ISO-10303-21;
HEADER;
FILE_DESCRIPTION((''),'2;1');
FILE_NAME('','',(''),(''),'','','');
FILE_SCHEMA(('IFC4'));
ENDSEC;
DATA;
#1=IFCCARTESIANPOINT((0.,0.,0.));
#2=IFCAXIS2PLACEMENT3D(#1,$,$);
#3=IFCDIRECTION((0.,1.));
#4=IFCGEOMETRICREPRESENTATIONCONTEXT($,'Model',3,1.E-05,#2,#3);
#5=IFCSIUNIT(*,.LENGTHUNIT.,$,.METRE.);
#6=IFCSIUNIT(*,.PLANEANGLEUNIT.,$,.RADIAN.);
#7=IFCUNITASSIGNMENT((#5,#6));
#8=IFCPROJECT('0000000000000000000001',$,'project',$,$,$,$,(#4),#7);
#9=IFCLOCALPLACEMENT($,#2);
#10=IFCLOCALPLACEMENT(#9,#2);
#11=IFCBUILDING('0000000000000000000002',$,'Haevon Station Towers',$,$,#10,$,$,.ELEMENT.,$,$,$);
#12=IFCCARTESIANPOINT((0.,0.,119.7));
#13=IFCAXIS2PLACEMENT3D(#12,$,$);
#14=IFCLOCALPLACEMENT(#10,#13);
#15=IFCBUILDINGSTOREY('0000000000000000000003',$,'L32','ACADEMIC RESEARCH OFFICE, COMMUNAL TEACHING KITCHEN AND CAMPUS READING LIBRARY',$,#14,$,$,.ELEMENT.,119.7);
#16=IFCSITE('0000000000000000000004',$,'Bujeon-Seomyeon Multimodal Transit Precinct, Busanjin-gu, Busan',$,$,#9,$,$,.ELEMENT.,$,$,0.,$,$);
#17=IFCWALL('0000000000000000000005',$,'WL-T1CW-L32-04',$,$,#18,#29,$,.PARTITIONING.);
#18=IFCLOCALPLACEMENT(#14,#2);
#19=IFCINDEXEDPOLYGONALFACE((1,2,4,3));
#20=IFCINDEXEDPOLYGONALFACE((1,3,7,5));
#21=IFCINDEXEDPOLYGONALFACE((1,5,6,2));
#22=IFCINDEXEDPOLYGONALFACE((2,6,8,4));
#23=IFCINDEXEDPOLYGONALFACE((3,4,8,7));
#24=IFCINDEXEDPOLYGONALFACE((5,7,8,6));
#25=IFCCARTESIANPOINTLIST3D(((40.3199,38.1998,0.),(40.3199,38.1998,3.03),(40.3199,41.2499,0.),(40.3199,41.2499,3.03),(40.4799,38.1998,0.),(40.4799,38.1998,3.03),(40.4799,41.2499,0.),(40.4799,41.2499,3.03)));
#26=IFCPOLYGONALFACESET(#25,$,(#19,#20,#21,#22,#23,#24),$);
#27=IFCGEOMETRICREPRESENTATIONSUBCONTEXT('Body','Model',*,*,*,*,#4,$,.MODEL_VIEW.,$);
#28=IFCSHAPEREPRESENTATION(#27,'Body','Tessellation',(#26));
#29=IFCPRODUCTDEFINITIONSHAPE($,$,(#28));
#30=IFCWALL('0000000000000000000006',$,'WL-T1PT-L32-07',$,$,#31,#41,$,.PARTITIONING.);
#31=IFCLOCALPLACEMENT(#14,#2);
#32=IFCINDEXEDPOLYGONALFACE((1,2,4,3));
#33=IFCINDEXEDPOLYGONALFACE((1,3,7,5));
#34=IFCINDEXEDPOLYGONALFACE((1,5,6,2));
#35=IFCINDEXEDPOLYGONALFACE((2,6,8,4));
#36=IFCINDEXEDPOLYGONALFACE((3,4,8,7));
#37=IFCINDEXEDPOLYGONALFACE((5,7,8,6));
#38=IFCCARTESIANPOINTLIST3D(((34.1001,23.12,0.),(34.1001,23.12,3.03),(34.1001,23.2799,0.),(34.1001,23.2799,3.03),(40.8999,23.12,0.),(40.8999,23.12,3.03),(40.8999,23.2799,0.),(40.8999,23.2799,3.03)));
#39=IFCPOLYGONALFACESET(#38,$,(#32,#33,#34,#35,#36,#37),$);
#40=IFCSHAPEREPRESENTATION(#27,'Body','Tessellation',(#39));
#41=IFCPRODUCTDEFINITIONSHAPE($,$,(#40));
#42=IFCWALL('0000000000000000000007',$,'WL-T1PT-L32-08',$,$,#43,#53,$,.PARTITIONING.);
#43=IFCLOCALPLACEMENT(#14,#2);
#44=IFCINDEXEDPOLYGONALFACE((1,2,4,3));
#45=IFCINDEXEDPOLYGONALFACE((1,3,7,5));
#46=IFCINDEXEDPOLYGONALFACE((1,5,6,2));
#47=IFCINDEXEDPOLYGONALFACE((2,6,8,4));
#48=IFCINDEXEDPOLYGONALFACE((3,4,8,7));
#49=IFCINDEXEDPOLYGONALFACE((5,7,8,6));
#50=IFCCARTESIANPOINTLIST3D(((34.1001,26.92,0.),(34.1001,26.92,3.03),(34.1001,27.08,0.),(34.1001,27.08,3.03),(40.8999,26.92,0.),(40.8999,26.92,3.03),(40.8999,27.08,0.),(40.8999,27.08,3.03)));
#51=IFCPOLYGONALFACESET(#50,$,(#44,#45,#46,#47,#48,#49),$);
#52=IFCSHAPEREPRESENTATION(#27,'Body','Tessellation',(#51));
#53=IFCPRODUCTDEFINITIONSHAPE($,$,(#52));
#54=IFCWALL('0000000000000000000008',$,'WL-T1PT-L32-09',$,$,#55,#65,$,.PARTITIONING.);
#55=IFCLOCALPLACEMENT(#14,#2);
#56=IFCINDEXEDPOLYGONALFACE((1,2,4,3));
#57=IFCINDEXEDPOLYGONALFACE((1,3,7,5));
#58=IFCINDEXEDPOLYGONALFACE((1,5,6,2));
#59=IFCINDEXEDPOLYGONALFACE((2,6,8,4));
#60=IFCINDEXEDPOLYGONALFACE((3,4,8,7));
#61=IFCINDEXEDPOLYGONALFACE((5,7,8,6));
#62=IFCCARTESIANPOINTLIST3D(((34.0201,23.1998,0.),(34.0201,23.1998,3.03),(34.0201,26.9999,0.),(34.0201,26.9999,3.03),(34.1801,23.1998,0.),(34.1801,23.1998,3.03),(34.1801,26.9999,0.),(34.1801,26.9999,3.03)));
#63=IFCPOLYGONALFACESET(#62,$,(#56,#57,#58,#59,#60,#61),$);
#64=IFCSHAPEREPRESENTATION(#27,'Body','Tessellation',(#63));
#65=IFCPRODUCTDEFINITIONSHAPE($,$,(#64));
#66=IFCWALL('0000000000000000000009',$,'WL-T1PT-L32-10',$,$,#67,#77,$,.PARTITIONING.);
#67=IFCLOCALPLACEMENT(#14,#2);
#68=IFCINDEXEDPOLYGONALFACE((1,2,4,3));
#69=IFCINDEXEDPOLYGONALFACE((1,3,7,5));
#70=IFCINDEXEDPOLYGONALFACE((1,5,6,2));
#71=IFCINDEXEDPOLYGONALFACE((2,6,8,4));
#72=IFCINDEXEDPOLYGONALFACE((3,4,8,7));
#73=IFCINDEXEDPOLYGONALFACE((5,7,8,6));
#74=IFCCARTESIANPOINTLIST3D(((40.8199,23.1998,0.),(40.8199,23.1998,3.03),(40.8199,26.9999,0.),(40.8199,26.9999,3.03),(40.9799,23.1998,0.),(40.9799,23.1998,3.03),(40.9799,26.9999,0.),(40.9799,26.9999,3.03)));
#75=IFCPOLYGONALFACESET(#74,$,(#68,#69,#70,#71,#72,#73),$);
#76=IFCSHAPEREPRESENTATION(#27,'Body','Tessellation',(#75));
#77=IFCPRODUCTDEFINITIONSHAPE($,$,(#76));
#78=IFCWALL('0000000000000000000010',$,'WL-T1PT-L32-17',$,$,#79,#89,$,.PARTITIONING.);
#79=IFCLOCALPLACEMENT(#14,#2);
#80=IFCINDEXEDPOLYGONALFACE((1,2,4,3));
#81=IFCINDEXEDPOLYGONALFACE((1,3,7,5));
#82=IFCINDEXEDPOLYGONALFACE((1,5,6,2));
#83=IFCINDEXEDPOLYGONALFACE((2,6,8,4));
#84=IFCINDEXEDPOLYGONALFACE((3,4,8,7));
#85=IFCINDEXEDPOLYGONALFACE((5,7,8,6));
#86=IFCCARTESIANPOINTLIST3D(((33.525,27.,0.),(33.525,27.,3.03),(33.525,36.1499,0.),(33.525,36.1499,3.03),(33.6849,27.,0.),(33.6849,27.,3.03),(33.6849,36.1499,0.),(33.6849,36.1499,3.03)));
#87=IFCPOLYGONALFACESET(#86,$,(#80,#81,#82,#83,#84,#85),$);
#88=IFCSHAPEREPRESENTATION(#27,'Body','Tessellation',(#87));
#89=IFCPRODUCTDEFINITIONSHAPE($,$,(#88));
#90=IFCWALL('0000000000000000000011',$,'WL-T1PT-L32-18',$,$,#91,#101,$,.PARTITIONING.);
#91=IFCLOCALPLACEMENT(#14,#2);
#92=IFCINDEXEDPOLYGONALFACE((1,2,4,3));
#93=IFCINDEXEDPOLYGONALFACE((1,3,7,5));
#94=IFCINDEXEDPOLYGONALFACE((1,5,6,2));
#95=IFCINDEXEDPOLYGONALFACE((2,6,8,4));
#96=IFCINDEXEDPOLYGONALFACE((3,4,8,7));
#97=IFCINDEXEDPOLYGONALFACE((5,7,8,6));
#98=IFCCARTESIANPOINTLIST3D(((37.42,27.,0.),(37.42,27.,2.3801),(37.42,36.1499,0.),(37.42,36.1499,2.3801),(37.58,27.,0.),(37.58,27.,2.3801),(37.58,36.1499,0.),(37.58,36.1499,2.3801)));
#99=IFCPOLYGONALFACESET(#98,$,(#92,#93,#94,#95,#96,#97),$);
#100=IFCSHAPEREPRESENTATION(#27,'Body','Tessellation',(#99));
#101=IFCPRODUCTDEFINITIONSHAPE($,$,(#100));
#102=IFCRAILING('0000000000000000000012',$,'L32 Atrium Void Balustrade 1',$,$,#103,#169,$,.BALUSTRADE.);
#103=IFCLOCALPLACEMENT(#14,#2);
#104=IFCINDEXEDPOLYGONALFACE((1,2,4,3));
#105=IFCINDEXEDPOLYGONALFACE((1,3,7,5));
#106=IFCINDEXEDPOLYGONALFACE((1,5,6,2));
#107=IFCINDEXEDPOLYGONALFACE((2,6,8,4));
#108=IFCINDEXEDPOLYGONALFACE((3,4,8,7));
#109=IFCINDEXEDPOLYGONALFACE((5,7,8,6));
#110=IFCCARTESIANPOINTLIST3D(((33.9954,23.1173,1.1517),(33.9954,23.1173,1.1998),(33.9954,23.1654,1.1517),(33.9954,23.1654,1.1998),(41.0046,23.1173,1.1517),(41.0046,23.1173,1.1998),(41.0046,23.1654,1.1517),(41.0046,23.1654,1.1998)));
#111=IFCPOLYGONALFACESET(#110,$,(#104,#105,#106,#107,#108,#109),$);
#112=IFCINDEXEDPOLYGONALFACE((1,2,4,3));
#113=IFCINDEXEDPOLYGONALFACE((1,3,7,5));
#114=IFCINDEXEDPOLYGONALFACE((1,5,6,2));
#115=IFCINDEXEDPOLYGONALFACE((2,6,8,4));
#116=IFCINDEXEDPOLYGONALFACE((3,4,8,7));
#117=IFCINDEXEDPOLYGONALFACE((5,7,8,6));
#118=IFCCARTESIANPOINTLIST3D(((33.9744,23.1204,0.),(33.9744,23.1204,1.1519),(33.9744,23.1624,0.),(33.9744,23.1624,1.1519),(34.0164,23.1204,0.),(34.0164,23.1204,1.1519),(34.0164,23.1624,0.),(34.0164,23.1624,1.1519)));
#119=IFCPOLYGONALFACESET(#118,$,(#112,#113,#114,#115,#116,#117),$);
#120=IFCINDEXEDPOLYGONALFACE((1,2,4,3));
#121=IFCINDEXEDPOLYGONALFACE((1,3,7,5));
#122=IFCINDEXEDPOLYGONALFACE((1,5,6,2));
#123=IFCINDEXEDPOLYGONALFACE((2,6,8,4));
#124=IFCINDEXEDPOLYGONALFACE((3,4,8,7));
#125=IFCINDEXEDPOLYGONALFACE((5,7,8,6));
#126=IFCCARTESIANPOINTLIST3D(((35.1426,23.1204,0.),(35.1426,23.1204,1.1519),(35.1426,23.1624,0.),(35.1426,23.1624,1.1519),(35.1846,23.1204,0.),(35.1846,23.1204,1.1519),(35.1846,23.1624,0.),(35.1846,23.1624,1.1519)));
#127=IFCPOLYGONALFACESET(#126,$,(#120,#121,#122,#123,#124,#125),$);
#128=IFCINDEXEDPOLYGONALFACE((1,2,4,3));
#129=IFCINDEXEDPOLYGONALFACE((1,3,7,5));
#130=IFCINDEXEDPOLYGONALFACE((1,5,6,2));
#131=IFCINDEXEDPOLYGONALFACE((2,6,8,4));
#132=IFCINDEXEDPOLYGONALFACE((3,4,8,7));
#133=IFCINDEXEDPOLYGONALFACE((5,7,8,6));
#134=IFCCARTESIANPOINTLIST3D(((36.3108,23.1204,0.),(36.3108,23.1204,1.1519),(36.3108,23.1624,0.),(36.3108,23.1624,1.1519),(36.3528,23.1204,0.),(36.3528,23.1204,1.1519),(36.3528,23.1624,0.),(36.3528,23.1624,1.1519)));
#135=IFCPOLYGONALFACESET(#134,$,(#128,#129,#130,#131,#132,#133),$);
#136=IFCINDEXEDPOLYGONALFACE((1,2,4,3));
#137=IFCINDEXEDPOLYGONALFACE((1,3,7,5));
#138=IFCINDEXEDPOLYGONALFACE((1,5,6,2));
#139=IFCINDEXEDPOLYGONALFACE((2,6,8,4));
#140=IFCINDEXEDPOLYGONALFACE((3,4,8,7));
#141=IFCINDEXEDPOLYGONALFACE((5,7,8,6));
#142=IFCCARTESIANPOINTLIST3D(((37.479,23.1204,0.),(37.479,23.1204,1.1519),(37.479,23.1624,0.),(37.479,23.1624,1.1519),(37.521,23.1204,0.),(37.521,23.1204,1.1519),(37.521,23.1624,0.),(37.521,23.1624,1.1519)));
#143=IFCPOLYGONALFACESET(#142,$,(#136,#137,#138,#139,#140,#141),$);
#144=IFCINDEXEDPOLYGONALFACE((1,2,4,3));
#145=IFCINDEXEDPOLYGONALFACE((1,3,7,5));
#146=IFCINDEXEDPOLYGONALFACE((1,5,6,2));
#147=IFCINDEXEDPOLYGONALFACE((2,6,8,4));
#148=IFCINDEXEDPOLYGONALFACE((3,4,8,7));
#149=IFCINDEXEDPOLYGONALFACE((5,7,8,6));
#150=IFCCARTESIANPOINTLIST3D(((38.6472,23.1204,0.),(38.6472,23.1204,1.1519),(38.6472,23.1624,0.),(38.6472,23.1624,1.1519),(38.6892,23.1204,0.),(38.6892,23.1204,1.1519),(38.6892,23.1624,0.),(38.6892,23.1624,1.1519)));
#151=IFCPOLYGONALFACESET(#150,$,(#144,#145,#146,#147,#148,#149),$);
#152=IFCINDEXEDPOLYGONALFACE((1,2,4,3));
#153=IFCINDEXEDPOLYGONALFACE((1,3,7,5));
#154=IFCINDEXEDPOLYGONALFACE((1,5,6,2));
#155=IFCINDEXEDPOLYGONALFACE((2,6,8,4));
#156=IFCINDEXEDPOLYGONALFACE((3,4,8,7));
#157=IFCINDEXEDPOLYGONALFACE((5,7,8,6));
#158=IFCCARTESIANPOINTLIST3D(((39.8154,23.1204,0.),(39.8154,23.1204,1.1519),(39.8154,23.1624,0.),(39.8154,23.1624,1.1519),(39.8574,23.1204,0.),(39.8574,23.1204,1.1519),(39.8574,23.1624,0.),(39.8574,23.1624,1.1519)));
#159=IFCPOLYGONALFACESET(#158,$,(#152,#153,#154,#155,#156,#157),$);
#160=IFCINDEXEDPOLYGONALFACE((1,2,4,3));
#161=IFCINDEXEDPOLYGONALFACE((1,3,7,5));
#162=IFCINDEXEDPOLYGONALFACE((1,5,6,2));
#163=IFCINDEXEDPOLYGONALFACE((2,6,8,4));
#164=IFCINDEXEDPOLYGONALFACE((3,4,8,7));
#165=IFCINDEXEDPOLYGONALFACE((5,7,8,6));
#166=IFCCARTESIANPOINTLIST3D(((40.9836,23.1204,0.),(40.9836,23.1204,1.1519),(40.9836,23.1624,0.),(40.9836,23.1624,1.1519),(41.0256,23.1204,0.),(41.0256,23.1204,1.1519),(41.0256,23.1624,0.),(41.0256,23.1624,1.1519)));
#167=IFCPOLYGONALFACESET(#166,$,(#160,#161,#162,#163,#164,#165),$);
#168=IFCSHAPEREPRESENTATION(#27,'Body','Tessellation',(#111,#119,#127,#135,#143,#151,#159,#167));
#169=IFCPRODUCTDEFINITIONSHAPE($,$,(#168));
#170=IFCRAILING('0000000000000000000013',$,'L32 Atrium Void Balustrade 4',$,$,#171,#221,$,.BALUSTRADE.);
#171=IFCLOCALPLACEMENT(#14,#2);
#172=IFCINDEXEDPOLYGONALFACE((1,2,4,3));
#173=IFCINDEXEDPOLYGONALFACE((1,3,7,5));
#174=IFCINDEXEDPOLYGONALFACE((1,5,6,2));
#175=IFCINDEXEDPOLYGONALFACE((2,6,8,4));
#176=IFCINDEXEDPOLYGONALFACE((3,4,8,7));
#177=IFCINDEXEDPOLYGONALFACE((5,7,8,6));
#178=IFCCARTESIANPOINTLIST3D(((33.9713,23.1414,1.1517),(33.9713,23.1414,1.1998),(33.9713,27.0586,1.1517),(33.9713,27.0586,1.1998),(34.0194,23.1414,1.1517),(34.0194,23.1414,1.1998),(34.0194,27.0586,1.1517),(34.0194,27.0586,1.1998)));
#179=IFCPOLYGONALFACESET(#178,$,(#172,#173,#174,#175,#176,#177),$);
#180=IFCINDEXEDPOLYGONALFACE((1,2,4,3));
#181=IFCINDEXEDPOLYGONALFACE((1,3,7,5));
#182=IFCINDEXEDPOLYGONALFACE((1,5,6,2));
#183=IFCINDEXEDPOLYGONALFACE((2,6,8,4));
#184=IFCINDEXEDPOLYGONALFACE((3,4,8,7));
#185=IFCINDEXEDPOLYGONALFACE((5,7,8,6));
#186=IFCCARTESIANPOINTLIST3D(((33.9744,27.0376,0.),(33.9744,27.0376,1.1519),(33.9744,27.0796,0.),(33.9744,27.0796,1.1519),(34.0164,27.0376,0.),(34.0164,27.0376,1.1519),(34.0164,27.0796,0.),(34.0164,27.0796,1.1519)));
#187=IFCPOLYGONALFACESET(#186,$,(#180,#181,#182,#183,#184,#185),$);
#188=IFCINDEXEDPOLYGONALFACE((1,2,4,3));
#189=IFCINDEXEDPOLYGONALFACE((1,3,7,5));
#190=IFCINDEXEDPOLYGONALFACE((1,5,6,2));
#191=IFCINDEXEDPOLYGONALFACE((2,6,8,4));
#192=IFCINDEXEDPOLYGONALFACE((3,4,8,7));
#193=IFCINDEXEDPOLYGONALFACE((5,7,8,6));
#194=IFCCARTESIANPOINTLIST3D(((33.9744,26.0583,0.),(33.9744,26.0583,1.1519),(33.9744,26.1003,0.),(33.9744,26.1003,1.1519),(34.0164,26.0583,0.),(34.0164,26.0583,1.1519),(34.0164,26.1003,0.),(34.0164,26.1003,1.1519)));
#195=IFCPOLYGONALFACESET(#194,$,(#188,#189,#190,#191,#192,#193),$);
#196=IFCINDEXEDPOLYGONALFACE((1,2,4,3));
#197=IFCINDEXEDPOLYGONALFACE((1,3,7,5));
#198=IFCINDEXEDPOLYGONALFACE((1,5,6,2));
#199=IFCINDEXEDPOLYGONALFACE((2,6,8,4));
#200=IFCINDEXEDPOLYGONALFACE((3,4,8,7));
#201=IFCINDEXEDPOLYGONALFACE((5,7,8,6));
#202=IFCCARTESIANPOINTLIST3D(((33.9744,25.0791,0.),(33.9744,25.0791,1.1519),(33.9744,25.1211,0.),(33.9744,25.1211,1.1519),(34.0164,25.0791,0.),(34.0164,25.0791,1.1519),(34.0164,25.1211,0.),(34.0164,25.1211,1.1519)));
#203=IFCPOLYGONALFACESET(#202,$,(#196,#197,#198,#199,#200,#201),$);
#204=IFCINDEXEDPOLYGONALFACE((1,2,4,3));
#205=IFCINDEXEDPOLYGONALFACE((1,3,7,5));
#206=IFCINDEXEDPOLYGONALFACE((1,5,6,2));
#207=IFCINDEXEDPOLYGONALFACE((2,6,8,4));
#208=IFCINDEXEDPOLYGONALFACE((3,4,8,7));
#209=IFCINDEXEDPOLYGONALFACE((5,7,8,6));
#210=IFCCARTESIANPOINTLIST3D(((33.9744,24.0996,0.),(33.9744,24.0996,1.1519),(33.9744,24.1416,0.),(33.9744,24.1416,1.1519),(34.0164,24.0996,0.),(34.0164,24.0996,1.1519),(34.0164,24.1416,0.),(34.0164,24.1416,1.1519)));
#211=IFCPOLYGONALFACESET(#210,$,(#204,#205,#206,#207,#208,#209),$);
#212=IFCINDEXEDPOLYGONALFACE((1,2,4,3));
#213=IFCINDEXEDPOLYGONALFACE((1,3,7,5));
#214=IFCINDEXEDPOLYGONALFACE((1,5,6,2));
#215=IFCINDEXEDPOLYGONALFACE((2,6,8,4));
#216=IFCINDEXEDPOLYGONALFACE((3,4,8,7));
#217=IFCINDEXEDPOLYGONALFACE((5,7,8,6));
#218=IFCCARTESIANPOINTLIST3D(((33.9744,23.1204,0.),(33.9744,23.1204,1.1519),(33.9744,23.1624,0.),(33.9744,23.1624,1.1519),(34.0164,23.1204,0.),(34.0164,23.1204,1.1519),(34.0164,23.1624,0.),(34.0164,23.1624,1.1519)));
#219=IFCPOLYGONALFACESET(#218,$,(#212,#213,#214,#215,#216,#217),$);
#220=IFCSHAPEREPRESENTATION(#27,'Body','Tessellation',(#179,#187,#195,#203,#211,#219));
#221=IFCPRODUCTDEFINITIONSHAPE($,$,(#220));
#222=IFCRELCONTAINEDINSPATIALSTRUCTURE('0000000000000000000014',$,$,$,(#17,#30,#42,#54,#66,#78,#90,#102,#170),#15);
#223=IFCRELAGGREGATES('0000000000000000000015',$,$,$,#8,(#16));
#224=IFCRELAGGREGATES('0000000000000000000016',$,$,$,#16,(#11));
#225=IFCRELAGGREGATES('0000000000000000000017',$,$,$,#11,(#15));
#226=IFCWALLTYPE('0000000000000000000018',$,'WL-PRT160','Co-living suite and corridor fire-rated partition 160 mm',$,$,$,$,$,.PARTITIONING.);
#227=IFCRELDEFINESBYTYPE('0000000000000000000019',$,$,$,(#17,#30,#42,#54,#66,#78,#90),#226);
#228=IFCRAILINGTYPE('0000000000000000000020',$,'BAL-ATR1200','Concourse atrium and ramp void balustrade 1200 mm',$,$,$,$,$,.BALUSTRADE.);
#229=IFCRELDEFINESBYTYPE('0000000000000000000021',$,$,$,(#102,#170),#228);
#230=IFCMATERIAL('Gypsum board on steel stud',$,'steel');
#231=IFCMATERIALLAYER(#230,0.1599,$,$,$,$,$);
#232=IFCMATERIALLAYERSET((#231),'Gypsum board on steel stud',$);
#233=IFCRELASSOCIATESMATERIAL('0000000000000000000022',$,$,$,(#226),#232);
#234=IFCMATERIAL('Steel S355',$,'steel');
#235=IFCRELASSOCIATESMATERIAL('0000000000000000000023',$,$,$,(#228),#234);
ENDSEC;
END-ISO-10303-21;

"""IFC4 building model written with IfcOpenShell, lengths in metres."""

from ifc_helpers import new_model, si_unit, direction, frame, frame_2d, origin, origin_2d, place, context, subcontext, project, spatial, rectangle, extrude, material, layer, layer_set, type_object, element, save


model = new_model("IFC4")

# Units and contexts
model_context = context("Model", 3, precision=1e-05, world=origin(), true_north=direction((0.0, 1.0)))
body_context = subcontext(model_context, "Body", "Model", "MODEL_VIEW")
ifc_project = project(units=[si_unit("LENGTHUNIT", "METRE"), si_unit("PLANEANGLEUNIT", "RADIAN")], contexts=[model_context])

# Site, building, storey
site_placement = place(None, origin())
site = spatial("IfcSite", under=ifc_project, at=site_placement, Name="Bujeon-Seomyeon Multimodal Transit Precinct, Busanjin-gu, Busan", CompositionType="ELEMENT", RefElevation=0.0)
building_placement = place(site_placement, origin())
building = spatial("IfcBuilding", under=site, at=building_placement, Name="Haevon Station Towers", CompositionType="ELEMENT")
storey_placement = place(building_placement, frame((0.0, 0.0, 119.7)))
storey = spatial("IfcBuildingStorey", under=building, at=storey_placement, Name="L32", Description="ACADEMIC RESEARCH OFFICE, COMMUNAL TEACHING KITCHEN AND CAMPUS READING LIBRARY", CompositionType="ELEMENT", Elevation=119.7)

# Shared definitions
ifc_material_1 = material(Name="Steel S355", Category="steel")

# Shared definitions
ifc_material_2 = material(Name="Gypsum board on steel stud", Category="steel")

# Walls
ifc_layer_1 = layer(ifc_material_2, 0.1599)
ifc_layer_set_1 = layer_set([ifc_layer_1], Name="Gypsum board on steel stud")
wall_type_1 = type_object("IfcWallType", Name="WL-PRT160", Description="Co-living suite and corridor fire-rated partition 160 mm", PredefinedType="PARTITIONING", material=ifc_layer_set_1)
wall_1_placement = place(storey_placement, frame((40.3999, 38.2, 0.0), z_axis=(0.0, 0.0, 1.0), x_axis=(0.0, 1.0, 0.0)))
element("IfcWall", 1, at=wall_1_placement, inside=storey, type_object=wall_type_1, Name="WL-T1CW-L32-04", PredefinedType="PARTITIONING", context=body_context, shape_type="SweptSolid", body=[
    extrude(rectangle(XDim=3.05, YDim=0.1599, at=frame_2d((1.5249, 0.0))), origin(), (0.0, 0.0, 1.0), 3.03),
])
for number, where, z_axis, x_axis, name in (
    (2, (34.1001, 23.2, 0.0), (0.0, 0.0, 1.0), (1.0, 0.0, 0.0), "WL-T1PT-L32-07"),
    (3, (34.1001, 27.0, 0.0), (0.0, 0.0, 1.0), (1.0, 0.0, 0.0), "WL-T1PT-L32-08"),
):
    element("IfcWall", number, at=place(storey_placement, frame(where, z_axis=z_axis, x_axis=x_axis)), inside=storey, type_object=wall_type_1, Name=name, PredefinedType="PARTITIONING", context=body_context, shape_type="SweptSolid", body=[
        extrude(rectangle(XDim=6.7998, YDim=0.1599, at=frame_2d((3.3999, 0.0))), origin(), (0.0, 0.0, 1.0), 3.03),
    ])
for number, where, z_axis, x_axis, name in (
    (4, (34.1001, 23.2, 0.0), (0.0, 0.0, 1.0), (0.0, 1.0, 0.0), "WL-T1PT-L32-09"),
    (5, (40.8999, 23.2, 0.0), (0.0, 0.0, 1.0), (0.0, 1.0, 0.0), "WL-T1PT-L32-10"),
):
    element("IfcWall", number, at=place(storey_placement, frame(where, z_axis=z_axis, x_axis=x_axis)), inside=storey, type_object=wall_type_1, Name=name, PredefinedType="PARTITIONING", context=body_context, shape_type="SweptSolid", body=[
        extrude(rectangle(XDim=3.8, YDim=0.1599, at=frame_2d((1.8999, 0.0))), origin(), (0.0, 0.0, 1.0), 3.03),
    ])
wall_2_placement = place(storey_placement, frame((33.605, 27.0, 0.0), z_axis=(0.0, 0.0, 1.0), x_axis=(0.0, 1.0, 0.0)))
element("IfcWall", 6, at=wall_2_placement, inside=storey, type_object=wall_type_1, Name="WL-T1PT-L32-17", PredefinedType="PARTITIONING", context=body_context, shape_type="SweptSolid", body=[
    extrude(rectangle(XDim=9.1499, YDim=0.1599, at=frame_2d((4.575, 0.0))), origin(), (0.0, 0.0, 1.0), 3.03),
])
wall_3_placement = place(storey_placement, frame((37.5, 27.0, 0.0), z_axis=(0.0, 0.0, 1.0), x_axis=(0.0, 1.0, 0.0)))
element("IfcWall", 7, at=wall_3_placement, inside=storey, type_object=wall_type_1, Name="WL-T1PT-L32-18", PredefinedType="PARTITIONING", context=body_context, shape_type="SweptSolid", body=[
    extrude(rectangle(XDim=9.1499, YDim=0.1599, at=frame_2d((4.575, 0.0))), origin(), (0.0, 0.0, 1.0), 2.3801),
])

# Railings
railing_type = type_object("IfcRailingType", Name="BAL-ATR1200", Description="Concourse atrium and ramp void balustrade 1200 mm", PredefinedType="BALUSTRADE", material=ifc_material_1)
railing_1_placement = place(storey_placement, frame((33.9954, 23.1414, 0.0)))
element("IfcRailing", 8, at=railing_1_placement, inside=storey, type_object=railing_type, Name="L32 Atrium Void Balustrade 1", PredefinedType="BALUSTRADE", context=body_context, shape_type="SweptSolid", body=[
    extrude(rectangle(XDim=0.0481, YDim=0.0481, at=origin_2d()), frame((0.0, 0.0, 1.1758), z_axis=(1.0, 0.0, 0.0), x_axis=(0.0, 1.0, 0.0)), (0.0, 0.0, 1.0), 7.0093),
    extrude(rectangle(XDim=0.042, YDim=0.042, at=origin_2d()), origin(), (0.0, 0.0, 1.0), 1.1519),
    extrude(rectangle(XDim=0.042, YDim=0.042, at=origin_2d()), frame((1.1682, 0.0, 0.0)), (0.0, 0.0, 1.0), 1.1519),
    extrude(rectangle(XDim=0.042, YDim=0.042, at=origin_2d()), frame((2.3364, 0.0, 0.0)), (0.0, 0.0, 1.0), 1.1519),
    extrude(rectangle(XDim=0.042, YDim=0.042, at=origin_2d()), frame((3.5046, 0.0, 0.0)), (0.0, 0.0, 1.0), 1.1519),
    extrude(rectangle(XDim=0.042, YDim=0.042, at=origin_2d()), frame((4.6729, 0.0, 0.0)), (0.0, 0.0, 1.0), 1.1519),
    extrude(rectangle(XDim=0.042, YDim=0.042, at=origin_2d()), frame((5.8411, 0.0, 0.0)), (0.0, 0.0, 1.0), 1.1519),
    extrude(rectangle(XDim=0.042, YDim=0.042, at=origin_2d()), frame((7.0093, 0.0, 0.0)), (0.0, 0.0, 1.0), 1.1519),
])
railing_2_placement = place(storey_placement, frame((33.9954, 27.0586, 0.0)))
element("IfcRailing", 9, at=railing_2_placement, inside=storey, type_object=railing_type, Name="L32 Atrium Void Balustrade 4", PredefinedType="BALUSTRADE", context=body_context, shape_type="SweptSolid", body=[
    extrude(rectangle(XDim=0.0481, YDim=0.0481, at=origin_2d()), frame((0.0, 0.0, 1.1758), z_axis=(0.0, -1.0, 0.0), x_axis=(1.0, 0.0, 0.0)), (0.0, 0.0, 1.0), 3.9172),
    extrude(rectangle(XDim=0.042, YDim=0.042, at=origin_2d()), origin(), (0.0, 0.0, 1.0), 1.1519),
    extrude(rectangle(XDim=0.042, YDim=0.042, at=origin_2d()), frame((0.0, -0.9792, 0.0)), (0.0, 0.0, 1.0), 1.1519),
    extrude(rectangle(XDim=0.042, YDim=0.042, at=origin_2d()), frame((0.0, -1.9585, 0.0)), (0.0, 0.0, 1.0), 1.1519),
    extrude(rectangle(XDim=0.042, YDim=0.042, at=origin_2d()), frame((0.0, -2.938, 0.0)), (0.0, 0.0, 1.0), 1.1519),
    extrude(rectangle(XDim=0.042, YDim=0.042, at=origin_2d()), frame((0.0, -3.9172, 0.0)), (0.0, 0.0, 1.0), 1.1519),
])

save(model, "model.ifc")
